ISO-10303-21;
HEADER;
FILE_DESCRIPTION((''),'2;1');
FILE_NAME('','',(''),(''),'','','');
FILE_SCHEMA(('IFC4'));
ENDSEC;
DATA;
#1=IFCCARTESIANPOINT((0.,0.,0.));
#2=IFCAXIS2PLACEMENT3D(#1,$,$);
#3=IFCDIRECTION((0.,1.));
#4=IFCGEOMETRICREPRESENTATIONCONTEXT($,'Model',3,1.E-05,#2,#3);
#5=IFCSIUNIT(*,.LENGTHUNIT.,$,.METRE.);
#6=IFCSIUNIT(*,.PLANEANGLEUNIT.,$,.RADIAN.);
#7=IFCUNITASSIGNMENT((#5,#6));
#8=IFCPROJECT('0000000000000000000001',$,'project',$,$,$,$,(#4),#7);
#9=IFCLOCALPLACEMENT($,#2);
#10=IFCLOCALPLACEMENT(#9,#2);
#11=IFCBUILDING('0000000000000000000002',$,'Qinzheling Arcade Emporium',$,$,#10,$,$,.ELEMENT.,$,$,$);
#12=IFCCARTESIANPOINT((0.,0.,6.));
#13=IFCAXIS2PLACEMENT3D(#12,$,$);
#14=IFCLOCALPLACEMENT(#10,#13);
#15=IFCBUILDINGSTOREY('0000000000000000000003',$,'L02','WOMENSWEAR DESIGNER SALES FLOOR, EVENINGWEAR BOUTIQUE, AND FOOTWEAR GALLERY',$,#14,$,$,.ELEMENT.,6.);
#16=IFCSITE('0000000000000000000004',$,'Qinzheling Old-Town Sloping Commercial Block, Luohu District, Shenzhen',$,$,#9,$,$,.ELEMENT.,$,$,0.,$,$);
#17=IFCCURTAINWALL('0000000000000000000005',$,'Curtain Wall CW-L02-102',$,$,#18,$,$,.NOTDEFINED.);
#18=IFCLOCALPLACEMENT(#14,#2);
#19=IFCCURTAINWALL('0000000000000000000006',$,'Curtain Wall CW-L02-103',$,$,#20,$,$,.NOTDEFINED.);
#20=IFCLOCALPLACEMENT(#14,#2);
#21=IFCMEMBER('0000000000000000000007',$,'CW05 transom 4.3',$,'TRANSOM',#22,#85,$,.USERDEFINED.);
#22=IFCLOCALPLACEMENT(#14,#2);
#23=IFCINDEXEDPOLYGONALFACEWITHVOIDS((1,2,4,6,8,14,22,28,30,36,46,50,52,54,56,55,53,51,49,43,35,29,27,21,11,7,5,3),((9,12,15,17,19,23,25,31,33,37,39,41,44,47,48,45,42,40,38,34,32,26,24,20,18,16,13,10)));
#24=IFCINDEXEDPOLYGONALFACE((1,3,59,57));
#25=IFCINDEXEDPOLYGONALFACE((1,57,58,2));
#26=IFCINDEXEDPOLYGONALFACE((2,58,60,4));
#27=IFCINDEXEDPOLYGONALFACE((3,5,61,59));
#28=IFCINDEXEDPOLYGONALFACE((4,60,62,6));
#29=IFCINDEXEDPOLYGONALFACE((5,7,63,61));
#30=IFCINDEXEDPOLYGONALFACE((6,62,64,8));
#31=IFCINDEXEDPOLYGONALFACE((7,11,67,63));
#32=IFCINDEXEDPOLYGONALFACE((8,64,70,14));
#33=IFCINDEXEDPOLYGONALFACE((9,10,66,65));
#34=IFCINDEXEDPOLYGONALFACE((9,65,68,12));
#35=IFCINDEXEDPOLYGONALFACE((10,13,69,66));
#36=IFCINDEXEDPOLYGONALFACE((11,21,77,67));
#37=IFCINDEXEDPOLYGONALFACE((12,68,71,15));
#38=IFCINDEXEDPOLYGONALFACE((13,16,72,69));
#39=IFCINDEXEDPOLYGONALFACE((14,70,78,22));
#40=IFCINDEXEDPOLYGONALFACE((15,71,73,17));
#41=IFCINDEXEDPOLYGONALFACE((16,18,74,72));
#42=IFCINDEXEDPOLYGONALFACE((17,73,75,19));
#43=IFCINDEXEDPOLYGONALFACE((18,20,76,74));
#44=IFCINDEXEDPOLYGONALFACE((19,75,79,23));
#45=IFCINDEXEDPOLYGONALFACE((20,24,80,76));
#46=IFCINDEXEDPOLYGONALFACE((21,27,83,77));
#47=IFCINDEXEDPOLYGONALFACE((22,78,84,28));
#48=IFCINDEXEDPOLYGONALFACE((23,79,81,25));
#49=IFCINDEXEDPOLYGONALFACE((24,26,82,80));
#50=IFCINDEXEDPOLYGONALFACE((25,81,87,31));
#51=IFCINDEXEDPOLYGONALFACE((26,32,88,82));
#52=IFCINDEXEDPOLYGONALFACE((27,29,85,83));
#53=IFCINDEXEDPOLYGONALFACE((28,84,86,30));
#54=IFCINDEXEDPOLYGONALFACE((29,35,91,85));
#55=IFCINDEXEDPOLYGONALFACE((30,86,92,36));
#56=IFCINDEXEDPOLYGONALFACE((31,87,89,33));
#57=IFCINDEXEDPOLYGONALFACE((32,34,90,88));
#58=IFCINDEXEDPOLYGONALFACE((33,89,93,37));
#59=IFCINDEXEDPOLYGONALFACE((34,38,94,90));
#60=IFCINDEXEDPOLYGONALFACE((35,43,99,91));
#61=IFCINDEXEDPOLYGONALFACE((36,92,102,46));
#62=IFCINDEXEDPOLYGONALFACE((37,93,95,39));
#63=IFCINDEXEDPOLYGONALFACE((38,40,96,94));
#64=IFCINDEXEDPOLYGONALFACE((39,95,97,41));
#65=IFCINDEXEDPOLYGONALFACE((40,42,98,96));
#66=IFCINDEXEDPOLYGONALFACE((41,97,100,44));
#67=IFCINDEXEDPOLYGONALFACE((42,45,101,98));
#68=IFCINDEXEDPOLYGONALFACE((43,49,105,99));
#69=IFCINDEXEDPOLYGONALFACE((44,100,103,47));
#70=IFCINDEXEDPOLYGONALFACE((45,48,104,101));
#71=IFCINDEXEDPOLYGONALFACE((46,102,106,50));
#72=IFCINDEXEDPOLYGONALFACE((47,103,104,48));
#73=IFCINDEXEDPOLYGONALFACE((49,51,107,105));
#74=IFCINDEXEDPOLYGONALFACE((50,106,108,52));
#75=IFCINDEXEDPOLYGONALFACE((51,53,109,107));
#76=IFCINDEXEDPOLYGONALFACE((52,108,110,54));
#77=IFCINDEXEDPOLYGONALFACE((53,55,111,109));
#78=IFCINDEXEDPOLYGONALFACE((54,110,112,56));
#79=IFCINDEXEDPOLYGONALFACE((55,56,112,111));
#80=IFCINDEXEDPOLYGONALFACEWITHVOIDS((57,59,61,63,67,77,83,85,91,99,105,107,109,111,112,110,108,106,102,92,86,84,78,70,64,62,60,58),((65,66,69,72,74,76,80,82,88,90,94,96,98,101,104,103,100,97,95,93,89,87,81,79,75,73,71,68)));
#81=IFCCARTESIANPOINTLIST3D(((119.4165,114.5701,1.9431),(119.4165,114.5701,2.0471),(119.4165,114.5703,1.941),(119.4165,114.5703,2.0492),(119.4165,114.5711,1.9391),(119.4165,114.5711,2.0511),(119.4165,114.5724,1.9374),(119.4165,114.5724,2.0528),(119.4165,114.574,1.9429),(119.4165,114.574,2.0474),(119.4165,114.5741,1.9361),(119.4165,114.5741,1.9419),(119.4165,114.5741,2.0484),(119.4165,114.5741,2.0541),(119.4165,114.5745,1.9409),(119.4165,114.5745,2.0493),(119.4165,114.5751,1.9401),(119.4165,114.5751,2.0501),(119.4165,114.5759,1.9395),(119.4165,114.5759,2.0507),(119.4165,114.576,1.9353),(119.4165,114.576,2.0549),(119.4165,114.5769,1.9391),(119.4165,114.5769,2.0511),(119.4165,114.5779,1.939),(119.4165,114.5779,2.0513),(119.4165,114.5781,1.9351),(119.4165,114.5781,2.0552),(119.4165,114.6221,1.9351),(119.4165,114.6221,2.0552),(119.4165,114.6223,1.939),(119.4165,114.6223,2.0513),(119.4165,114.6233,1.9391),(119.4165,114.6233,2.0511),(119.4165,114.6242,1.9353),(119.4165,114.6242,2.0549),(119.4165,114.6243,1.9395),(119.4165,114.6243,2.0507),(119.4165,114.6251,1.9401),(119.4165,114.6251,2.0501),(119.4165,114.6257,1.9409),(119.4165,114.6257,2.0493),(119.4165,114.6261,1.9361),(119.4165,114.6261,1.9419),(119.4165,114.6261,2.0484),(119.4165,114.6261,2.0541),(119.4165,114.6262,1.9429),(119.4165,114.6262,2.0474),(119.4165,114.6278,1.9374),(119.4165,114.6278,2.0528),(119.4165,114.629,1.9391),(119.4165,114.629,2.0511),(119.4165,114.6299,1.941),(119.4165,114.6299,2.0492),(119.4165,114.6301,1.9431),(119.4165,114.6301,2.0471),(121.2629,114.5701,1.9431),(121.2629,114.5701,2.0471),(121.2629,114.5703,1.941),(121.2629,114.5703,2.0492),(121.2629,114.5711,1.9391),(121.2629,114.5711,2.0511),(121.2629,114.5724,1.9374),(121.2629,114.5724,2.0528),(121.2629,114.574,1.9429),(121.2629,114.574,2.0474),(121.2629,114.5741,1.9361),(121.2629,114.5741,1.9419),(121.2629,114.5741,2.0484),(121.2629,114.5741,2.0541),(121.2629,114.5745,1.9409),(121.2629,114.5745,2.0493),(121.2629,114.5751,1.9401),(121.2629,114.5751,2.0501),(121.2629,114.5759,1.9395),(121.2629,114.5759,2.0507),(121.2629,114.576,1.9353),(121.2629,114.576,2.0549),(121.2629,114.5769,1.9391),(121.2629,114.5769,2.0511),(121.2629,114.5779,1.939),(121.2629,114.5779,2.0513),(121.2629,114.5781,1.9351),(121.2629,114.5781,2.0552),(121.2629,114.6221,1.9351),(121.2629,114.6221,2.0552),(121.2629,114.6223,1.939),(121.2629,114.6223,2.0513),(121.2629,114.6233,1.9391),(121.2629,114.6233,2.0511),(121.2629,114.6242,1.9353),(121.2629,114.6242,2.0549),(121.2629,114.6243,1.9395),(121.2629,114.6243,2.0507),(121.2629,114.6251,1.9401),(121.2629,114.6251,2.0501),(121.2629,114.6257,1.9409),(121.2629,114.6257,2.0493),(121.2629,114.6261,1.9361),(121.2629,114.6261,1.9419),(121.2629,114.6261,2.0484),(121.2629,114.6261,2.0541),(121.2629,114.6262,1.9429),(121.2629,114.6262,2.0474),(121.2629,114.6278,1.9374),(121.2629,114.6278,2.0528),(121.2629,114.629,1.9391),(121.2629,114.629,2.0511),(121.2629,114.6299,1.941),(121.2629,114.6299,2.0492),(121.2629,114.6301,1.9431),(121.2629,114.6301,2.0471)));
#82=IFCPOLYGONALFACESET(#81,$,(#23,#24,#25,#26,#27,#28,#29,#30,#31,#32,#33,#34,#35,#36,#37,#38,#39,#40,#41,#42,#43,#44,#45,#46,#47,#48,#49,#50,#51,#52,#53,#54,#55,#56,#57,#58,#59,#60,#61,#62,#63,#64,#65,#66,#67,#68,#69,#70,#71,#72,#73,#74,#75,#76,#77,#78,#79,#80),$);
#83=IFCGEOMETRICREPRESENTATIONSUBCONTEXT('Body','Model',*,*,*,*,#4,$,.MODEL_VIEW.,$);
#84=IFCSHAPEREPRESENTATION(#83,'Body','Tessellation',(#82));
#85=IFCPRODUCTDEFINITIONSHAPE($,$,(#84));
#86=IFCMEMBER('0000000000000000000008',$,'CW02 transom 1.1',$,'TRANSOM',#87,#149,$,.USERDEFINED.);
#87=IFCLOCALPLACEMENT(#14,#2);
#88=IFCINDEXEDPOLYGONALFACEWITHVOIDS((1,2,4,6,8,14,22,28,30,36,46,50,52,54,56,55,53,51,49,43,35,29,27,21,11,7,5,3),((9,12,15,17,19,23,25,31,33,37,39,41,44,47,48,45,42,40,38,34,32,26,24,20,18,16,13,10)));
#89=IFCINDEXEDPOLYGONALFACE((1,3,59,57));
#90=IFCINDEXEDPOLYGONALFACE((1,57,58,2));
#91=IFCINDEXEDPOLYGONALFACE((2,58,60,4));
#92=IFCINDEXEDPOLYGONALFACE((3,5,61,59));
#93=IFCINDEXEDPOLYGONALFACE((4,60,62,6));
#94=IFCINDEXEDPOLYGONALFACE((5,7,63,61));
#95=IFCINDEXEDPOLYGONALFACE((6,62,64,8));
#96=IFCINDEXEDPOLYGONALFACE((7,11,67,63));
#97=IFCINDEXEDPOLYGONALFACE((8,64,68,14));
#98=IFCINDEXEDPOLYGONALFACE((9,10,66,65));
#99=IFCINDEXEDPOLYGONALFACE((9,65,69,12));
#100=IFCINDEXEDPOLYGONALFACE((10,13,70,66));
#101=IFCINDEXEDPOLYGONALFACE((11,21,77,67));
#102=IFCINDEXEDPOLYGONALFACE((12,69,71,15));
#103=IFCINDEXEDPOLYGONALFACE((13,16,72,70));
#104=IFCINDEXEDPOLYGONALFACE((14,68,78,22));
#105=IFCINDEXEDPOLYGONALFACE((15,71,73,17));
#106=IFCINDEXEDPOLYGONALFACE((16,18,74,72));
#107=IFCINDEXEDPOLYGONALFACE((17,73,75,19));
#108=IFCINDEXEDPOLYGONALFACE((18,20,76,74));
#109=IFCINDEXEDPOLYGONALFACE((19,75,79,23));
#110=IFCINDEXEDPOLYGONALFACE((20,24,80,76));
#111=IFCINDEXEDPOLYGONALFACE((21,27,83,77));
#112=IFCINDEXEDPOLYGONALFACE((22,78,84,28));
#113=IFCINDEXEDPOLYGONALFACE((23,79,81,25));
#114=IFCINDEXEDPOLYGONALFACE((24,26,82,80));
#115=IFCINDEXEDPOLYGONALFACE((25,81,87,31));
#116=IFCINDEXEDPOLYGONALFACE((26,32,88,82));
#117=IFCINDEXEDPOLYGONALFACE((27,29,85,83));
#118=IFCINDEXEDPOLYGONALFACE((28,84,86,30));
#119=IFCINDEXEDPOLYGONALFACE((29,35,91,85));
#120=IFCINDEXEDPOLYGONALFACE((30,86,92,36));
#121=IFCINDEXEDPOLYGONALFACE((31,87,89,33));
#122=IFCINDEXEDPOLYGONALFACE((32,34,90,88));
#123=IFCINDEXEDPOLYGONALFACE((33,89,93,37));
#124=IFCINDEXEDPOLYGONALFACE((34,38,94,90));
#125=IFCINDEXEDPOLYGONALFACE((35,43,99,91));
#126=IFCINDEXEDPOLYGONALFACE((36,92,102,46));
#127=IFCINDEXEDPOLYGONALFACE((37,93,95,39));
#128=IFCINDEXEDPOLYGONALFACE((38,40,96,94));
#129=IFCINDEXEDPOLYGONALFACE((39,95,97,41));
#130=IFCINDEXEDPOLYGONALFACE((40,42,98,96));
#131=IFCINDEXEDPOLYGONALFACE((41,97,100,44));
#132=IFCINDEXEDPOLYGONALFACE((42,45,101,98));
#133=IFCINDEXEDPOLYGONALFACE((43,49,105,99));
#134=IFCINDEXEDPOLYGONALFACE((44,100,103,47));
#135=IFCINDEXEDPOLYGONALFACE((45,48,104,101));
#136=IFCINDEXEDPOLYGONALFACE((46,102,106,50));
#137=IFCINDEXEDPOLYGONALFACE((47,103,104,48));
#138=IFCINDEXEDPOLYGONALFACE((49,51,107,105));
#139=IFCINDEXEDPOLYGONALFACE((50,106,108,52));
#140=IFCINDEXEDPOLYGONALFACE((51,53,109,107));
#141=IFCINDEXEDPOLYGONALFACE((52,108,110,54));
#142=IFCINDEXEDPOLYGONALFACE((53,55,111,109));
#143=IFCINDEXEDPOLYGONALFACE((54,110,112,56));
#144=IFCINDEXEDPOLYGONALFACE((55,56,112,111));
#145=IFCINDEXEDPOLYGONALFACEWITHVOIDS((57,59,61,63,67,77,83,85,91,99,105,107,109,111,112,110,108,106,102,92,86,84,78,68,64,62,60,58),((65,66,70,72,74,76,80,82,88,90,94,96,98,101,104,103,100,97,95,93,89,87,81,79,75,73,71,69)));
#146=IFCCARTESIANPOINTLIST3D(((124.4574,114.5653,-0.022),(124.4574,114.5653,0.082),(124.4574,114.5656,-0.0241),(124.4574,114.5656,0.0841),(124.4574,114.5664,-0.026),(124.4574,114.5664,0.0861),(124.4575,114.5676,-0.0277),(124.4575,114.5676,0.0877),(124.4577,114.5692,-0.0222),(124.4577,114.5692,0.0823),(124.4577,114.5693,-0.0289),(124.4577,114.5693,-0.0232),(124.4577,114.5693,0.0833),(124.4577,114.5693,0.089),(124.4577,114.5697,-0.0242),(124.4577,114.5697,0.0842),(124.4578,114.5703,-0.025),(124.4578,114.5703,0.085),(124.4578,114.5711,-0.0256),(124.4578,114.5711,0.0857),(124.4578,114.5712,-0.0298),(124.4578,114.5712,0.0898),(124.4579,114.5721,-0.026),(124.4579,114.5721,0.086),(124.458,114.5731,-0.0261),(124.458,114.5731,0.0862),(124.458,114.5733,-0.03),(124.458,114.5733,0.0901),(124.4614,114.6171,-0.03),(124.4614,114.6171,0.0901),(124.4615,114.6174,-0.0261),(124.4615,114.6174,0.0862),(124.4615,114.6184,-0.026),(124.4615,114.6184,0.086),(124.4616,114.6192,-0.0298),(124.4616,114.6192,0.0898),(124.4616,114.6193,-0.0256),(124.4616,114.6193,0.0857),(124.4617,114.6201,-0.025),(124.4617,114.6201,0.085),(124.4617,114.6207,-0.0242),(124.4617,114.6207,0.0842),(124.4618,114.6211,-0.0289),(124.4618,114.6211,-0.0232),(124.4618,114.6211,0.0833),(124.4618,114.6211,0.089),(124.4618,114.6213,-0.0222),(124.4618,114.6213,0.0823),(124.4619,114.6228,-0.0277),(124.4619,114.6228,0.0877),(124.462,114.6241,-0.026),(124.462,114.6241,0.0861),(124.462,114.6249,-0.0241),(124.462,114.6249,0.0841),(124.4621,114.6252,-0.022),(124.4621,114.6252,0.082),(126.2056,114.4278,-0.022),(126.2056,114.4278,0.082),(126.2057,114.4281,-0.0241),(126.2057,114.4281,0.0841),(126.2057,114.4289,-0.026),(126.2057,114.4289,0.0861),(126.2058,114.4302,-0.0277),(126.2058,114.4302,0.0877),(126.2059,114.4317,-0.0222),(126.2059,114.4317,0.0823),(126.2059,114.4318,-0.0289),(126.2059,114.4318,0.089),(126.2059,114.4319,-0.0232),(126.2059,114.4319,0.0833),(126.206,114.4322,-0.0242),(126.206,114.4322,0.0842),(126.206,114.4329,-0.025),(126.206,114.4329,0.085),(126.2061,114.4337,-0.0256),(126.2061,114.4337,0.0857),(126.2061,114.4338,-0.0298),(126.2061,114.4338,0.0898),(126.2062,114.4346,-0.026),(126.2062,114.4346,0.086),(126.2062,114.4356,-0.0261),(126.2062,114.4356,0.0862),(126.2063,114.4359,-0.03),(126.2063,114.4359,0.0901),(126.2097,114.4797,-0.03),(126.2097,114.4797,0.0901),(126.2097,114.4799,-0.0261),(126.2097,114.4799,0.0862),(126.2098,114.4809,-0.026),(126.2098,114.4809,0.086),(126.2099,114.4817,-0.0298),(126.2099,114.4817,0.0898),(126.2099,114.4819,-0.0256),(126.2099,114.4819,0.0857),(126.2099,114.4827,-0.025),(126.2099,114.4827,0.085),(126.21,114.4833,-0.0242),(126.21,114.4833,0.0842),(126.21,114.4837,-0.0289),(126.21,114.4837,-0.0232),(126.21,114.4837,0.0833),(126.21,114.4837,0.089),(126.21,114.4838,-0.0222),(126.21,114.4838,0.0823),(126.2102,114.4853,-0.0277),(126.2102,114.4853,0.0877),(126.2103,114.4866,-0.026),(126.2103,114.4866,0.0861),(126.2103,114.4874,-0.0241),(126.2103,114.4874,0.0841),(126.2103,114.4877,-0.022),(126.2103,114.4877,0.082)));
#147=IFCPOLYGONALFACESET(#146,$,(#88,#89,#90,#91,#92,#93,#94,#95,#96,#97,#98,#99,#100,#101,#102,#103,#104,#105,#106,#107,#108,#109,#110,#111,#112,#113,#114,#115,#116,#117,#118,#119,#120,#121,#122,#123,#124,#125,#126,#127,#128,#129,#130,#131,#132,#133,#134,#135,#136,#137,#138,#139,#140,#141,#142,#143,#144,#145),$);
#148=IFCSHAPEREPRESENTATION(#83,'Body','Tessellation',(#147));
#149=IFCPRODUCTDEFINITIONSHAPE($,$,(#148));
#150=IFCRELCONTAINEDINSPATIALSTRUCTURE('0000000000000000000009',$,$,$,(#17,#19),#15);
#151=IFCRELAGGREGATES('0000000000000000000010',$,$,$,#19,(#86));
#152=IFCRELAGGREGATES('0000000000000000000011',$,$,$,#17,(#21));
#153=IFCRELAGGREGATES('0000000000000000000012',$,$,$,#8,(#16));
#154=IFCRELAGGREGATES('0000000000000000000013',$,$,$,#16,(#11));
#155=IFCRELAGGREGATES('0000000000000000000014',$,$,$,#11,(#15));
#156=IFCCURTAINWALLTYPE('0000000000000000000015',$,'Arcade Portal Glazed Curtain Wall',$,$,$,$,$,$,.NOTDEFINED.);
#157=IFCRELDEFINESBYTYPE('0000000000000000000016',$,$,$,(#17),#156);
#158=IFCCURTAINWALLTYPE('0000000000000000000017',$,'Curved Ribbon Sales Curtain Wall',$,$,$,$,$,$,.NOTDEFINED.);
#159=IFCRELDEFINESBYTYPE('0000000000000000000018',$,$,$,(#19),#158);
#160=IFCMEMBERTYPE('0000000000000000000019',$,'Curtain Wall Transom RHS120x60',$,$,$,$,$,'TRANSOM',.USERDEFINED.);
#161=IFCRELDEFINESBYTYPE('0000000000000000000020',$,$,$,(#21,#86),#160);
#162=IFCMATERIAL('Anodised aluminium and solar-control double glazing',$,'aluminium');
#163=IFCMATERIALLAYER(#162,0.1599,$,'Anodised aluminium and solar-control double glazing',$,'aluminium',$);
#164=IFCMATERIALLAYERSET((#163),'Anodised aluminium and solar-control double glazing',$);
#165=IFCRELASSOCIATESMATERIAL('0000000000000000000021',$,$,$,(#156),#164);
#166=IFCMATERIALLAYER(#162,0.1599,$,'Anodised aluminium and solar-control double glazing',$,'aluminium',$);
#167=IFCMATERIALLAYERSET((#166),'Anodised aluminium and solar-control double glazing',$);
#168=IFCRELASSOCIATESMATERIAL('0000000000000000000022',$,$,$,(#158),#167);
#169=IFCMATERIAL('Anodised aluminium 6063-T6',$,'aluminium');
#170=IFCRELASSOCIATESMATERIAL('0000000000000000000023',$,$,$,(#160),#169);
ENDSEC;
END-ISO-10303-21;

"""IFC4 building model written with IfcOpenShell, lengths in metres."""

from ifc_helpers import new_model, si_unit, direction, frame, origin, origin_2d, place, context, subcontext, project, spatial, hollow_rectangle, extrude, material, layer, layer_set, material_profile, profile_set, type_object, element, aggregate, save


model = new_model("IFC4")

# Units and contexts
model_context = context("Model", 3, precision=1e-05, world=origin(), true_north=direction((0.0, 1.0)))
body_context = subcontext(model_context, "Body", "Model", "MODEL_VIEW")
ifc_project = project(units=[si_unit("LENGTHUNIT", "METRE"), si_unit("PLANEANGLEUNIT", "RADIAN")], contexts=[model_context])

# Site, building, storey
site_placement = place(None, origin())
site = spatial("IfcSite", under=ifc_project, at=site_placement, Name="Qinzheling Old-Town Sloping Commercial Block, Luohu District, Shenzhen", CompositionType="ELEMENT", RefElevation=0.0)
building_placement = place(site_placement, origin())
building = spatial("IfcBuilding", under=site, at=building_placement, Name="Qinzheling Arcade Emporium", CompositionType="ELEMENT")
storey_placement = place(building_placement, frame((0.0, 0.0, 6.0)))
storey = spatial("IfcBuildingStorey", under=building, at=storey_placement, Name="L02", Description="WOMENSWEAR DESIGNER SALES FLOOR, EVENINGWEAR BOUTIQUE, AND FOOTWEAR GALLERY", CompositionType="ELEMENT", Elevation=6.0)

# Curtain wall
ifc_material_1 = material(Name="Anodised aluminium and solar-control double glazing", Category="aluminium")
ifc_layer_1 = layer(ifc_material_1, 0.1599, Name="Anodised aluminium and solar-control double glazing", Category="aluminium")
ifc_layer_set_1 = layer_set([ifc_layer_1], Name="Anodised aluminium and solar-control double glazing")
curtain_wall_type_1 = type_object("IfcCurtainWallType", Name="Arcade Portal Glazed Curtain Wall", PredefinedType="NOTDEFINED", material=ifc_layer_set_1)
curtain_wall_1_placement = place(storey_placement, origin())
curtain_wall_1 = element("IfcCurtainWall", 1, at=curtain_wall_1_placement, inside=storey, type_object=curtain_wall_type_1, Name="Curtain Wall CW-L02-102", PredefinedType="NOTDEFINED")
ifc_material_2 = material(Name="Anodised aluminium 6063-T6", Category="aluminium")

# Curtain wall
ifc_layer_2 = layer(ifc_material_1, 0.1599, Name="Anodised aluminium and solar-control double glazing", Category="aluminium")
ifc_layer_set_2 = layer_set([ifc_layer_2], Name="Anodised aluminium and solar-control double glazing")
curtain_wall_type_2 = type_object("IfcCurtainWallType", Name="Curved Ribbon Sales Curtain Wall", PredefinedType="NOTDEFINED", material=ifc_layer_set_2)
curtain_wall_2_placement = place(storey_placement, origin())
curtain_wall_2 = element("IfcCurtainWall", 2, at=curtain_wall_2_placement, inside=storey, type_object=curtain_wall_type_2, Name="Curtain Wall CW-L02-103", PredefinedType="NOTDEFINED")

# Members
ifc_material_profile_1 = material_profile(ifc_material_2, hollow_rectangle(XDim=0.0601, YDim=0.1201, WallThickness=0.0039, InnerFilletRadius=0.0039, OuterFilletRadius=0.0081, at=origin_2d()), Name="RHS 120x60x4", Category="aluminium")
ifc_profile_set_1 = profile_set([ifc_material_profile_1], Name="Anodised aluminium 6063-T6")
member_type_1 = type_object("IfcMemberType", Name="Curtain Wall Transom RHS120x60", ElementType="TRANSOM", PredefinedType="USERDEFINED", material=ifc_profile_set_1)
member_1_placement = place(storey_placement, frame((119.4165, 114.6001, 1.9951), z_axis=(1.0, 0.0, 0.0), x_axis=(0.0, 1.0, 0.0)))
member_1 = element("IfcMember", 3, at=member_1_placement, type_object=member_type_1, Name="CW05 transom 4.3", ObjectType="TRANSOM", PredefinedType="USERDEFINED", context=body_context, shape_type="SweptSolid", body=[
    extrude(hollow_rectangle(XDim=0.0601, YDim=0.1201, WallThickness=0.0039, InnerFilletRadius=0.0039, OuterFilletRadius=0.0081, at=origin_2d()), origin(), (0.0, 0.0, 1.0), 1.8464),
])
member_2_placement = place(storey_placement, frame((124.4597, 114.5952, 0.03), z_axis=(0.996924, -0.078378, 0.0), x_axis=(0.078378, 0.996924, 0.0)))
member_2 = element("IfcMember", 4, at=member_2_placement, type_object=member_type_1, Name="CW02 transom 1.1", ObjectType="TRANSOM", PredefinedType="USERDEFINED", context=body_context, shape_type="SweptSolid", body=[
    extrude(hollow_rectangle(XDim=0.0601, YDim=0.1201, WallThickness=0.0039, InnerFilletRadius=0.0039, OuterFilletRadius=0.0081, at=origin_2d()), origin(), (0.0, 0.0, 1.0), 1.7537),
])
aggregate(curtain_wall_2, [member_2])

aggregate(curtain_wall_1, [member_1])

save(model, "model.ifc")
